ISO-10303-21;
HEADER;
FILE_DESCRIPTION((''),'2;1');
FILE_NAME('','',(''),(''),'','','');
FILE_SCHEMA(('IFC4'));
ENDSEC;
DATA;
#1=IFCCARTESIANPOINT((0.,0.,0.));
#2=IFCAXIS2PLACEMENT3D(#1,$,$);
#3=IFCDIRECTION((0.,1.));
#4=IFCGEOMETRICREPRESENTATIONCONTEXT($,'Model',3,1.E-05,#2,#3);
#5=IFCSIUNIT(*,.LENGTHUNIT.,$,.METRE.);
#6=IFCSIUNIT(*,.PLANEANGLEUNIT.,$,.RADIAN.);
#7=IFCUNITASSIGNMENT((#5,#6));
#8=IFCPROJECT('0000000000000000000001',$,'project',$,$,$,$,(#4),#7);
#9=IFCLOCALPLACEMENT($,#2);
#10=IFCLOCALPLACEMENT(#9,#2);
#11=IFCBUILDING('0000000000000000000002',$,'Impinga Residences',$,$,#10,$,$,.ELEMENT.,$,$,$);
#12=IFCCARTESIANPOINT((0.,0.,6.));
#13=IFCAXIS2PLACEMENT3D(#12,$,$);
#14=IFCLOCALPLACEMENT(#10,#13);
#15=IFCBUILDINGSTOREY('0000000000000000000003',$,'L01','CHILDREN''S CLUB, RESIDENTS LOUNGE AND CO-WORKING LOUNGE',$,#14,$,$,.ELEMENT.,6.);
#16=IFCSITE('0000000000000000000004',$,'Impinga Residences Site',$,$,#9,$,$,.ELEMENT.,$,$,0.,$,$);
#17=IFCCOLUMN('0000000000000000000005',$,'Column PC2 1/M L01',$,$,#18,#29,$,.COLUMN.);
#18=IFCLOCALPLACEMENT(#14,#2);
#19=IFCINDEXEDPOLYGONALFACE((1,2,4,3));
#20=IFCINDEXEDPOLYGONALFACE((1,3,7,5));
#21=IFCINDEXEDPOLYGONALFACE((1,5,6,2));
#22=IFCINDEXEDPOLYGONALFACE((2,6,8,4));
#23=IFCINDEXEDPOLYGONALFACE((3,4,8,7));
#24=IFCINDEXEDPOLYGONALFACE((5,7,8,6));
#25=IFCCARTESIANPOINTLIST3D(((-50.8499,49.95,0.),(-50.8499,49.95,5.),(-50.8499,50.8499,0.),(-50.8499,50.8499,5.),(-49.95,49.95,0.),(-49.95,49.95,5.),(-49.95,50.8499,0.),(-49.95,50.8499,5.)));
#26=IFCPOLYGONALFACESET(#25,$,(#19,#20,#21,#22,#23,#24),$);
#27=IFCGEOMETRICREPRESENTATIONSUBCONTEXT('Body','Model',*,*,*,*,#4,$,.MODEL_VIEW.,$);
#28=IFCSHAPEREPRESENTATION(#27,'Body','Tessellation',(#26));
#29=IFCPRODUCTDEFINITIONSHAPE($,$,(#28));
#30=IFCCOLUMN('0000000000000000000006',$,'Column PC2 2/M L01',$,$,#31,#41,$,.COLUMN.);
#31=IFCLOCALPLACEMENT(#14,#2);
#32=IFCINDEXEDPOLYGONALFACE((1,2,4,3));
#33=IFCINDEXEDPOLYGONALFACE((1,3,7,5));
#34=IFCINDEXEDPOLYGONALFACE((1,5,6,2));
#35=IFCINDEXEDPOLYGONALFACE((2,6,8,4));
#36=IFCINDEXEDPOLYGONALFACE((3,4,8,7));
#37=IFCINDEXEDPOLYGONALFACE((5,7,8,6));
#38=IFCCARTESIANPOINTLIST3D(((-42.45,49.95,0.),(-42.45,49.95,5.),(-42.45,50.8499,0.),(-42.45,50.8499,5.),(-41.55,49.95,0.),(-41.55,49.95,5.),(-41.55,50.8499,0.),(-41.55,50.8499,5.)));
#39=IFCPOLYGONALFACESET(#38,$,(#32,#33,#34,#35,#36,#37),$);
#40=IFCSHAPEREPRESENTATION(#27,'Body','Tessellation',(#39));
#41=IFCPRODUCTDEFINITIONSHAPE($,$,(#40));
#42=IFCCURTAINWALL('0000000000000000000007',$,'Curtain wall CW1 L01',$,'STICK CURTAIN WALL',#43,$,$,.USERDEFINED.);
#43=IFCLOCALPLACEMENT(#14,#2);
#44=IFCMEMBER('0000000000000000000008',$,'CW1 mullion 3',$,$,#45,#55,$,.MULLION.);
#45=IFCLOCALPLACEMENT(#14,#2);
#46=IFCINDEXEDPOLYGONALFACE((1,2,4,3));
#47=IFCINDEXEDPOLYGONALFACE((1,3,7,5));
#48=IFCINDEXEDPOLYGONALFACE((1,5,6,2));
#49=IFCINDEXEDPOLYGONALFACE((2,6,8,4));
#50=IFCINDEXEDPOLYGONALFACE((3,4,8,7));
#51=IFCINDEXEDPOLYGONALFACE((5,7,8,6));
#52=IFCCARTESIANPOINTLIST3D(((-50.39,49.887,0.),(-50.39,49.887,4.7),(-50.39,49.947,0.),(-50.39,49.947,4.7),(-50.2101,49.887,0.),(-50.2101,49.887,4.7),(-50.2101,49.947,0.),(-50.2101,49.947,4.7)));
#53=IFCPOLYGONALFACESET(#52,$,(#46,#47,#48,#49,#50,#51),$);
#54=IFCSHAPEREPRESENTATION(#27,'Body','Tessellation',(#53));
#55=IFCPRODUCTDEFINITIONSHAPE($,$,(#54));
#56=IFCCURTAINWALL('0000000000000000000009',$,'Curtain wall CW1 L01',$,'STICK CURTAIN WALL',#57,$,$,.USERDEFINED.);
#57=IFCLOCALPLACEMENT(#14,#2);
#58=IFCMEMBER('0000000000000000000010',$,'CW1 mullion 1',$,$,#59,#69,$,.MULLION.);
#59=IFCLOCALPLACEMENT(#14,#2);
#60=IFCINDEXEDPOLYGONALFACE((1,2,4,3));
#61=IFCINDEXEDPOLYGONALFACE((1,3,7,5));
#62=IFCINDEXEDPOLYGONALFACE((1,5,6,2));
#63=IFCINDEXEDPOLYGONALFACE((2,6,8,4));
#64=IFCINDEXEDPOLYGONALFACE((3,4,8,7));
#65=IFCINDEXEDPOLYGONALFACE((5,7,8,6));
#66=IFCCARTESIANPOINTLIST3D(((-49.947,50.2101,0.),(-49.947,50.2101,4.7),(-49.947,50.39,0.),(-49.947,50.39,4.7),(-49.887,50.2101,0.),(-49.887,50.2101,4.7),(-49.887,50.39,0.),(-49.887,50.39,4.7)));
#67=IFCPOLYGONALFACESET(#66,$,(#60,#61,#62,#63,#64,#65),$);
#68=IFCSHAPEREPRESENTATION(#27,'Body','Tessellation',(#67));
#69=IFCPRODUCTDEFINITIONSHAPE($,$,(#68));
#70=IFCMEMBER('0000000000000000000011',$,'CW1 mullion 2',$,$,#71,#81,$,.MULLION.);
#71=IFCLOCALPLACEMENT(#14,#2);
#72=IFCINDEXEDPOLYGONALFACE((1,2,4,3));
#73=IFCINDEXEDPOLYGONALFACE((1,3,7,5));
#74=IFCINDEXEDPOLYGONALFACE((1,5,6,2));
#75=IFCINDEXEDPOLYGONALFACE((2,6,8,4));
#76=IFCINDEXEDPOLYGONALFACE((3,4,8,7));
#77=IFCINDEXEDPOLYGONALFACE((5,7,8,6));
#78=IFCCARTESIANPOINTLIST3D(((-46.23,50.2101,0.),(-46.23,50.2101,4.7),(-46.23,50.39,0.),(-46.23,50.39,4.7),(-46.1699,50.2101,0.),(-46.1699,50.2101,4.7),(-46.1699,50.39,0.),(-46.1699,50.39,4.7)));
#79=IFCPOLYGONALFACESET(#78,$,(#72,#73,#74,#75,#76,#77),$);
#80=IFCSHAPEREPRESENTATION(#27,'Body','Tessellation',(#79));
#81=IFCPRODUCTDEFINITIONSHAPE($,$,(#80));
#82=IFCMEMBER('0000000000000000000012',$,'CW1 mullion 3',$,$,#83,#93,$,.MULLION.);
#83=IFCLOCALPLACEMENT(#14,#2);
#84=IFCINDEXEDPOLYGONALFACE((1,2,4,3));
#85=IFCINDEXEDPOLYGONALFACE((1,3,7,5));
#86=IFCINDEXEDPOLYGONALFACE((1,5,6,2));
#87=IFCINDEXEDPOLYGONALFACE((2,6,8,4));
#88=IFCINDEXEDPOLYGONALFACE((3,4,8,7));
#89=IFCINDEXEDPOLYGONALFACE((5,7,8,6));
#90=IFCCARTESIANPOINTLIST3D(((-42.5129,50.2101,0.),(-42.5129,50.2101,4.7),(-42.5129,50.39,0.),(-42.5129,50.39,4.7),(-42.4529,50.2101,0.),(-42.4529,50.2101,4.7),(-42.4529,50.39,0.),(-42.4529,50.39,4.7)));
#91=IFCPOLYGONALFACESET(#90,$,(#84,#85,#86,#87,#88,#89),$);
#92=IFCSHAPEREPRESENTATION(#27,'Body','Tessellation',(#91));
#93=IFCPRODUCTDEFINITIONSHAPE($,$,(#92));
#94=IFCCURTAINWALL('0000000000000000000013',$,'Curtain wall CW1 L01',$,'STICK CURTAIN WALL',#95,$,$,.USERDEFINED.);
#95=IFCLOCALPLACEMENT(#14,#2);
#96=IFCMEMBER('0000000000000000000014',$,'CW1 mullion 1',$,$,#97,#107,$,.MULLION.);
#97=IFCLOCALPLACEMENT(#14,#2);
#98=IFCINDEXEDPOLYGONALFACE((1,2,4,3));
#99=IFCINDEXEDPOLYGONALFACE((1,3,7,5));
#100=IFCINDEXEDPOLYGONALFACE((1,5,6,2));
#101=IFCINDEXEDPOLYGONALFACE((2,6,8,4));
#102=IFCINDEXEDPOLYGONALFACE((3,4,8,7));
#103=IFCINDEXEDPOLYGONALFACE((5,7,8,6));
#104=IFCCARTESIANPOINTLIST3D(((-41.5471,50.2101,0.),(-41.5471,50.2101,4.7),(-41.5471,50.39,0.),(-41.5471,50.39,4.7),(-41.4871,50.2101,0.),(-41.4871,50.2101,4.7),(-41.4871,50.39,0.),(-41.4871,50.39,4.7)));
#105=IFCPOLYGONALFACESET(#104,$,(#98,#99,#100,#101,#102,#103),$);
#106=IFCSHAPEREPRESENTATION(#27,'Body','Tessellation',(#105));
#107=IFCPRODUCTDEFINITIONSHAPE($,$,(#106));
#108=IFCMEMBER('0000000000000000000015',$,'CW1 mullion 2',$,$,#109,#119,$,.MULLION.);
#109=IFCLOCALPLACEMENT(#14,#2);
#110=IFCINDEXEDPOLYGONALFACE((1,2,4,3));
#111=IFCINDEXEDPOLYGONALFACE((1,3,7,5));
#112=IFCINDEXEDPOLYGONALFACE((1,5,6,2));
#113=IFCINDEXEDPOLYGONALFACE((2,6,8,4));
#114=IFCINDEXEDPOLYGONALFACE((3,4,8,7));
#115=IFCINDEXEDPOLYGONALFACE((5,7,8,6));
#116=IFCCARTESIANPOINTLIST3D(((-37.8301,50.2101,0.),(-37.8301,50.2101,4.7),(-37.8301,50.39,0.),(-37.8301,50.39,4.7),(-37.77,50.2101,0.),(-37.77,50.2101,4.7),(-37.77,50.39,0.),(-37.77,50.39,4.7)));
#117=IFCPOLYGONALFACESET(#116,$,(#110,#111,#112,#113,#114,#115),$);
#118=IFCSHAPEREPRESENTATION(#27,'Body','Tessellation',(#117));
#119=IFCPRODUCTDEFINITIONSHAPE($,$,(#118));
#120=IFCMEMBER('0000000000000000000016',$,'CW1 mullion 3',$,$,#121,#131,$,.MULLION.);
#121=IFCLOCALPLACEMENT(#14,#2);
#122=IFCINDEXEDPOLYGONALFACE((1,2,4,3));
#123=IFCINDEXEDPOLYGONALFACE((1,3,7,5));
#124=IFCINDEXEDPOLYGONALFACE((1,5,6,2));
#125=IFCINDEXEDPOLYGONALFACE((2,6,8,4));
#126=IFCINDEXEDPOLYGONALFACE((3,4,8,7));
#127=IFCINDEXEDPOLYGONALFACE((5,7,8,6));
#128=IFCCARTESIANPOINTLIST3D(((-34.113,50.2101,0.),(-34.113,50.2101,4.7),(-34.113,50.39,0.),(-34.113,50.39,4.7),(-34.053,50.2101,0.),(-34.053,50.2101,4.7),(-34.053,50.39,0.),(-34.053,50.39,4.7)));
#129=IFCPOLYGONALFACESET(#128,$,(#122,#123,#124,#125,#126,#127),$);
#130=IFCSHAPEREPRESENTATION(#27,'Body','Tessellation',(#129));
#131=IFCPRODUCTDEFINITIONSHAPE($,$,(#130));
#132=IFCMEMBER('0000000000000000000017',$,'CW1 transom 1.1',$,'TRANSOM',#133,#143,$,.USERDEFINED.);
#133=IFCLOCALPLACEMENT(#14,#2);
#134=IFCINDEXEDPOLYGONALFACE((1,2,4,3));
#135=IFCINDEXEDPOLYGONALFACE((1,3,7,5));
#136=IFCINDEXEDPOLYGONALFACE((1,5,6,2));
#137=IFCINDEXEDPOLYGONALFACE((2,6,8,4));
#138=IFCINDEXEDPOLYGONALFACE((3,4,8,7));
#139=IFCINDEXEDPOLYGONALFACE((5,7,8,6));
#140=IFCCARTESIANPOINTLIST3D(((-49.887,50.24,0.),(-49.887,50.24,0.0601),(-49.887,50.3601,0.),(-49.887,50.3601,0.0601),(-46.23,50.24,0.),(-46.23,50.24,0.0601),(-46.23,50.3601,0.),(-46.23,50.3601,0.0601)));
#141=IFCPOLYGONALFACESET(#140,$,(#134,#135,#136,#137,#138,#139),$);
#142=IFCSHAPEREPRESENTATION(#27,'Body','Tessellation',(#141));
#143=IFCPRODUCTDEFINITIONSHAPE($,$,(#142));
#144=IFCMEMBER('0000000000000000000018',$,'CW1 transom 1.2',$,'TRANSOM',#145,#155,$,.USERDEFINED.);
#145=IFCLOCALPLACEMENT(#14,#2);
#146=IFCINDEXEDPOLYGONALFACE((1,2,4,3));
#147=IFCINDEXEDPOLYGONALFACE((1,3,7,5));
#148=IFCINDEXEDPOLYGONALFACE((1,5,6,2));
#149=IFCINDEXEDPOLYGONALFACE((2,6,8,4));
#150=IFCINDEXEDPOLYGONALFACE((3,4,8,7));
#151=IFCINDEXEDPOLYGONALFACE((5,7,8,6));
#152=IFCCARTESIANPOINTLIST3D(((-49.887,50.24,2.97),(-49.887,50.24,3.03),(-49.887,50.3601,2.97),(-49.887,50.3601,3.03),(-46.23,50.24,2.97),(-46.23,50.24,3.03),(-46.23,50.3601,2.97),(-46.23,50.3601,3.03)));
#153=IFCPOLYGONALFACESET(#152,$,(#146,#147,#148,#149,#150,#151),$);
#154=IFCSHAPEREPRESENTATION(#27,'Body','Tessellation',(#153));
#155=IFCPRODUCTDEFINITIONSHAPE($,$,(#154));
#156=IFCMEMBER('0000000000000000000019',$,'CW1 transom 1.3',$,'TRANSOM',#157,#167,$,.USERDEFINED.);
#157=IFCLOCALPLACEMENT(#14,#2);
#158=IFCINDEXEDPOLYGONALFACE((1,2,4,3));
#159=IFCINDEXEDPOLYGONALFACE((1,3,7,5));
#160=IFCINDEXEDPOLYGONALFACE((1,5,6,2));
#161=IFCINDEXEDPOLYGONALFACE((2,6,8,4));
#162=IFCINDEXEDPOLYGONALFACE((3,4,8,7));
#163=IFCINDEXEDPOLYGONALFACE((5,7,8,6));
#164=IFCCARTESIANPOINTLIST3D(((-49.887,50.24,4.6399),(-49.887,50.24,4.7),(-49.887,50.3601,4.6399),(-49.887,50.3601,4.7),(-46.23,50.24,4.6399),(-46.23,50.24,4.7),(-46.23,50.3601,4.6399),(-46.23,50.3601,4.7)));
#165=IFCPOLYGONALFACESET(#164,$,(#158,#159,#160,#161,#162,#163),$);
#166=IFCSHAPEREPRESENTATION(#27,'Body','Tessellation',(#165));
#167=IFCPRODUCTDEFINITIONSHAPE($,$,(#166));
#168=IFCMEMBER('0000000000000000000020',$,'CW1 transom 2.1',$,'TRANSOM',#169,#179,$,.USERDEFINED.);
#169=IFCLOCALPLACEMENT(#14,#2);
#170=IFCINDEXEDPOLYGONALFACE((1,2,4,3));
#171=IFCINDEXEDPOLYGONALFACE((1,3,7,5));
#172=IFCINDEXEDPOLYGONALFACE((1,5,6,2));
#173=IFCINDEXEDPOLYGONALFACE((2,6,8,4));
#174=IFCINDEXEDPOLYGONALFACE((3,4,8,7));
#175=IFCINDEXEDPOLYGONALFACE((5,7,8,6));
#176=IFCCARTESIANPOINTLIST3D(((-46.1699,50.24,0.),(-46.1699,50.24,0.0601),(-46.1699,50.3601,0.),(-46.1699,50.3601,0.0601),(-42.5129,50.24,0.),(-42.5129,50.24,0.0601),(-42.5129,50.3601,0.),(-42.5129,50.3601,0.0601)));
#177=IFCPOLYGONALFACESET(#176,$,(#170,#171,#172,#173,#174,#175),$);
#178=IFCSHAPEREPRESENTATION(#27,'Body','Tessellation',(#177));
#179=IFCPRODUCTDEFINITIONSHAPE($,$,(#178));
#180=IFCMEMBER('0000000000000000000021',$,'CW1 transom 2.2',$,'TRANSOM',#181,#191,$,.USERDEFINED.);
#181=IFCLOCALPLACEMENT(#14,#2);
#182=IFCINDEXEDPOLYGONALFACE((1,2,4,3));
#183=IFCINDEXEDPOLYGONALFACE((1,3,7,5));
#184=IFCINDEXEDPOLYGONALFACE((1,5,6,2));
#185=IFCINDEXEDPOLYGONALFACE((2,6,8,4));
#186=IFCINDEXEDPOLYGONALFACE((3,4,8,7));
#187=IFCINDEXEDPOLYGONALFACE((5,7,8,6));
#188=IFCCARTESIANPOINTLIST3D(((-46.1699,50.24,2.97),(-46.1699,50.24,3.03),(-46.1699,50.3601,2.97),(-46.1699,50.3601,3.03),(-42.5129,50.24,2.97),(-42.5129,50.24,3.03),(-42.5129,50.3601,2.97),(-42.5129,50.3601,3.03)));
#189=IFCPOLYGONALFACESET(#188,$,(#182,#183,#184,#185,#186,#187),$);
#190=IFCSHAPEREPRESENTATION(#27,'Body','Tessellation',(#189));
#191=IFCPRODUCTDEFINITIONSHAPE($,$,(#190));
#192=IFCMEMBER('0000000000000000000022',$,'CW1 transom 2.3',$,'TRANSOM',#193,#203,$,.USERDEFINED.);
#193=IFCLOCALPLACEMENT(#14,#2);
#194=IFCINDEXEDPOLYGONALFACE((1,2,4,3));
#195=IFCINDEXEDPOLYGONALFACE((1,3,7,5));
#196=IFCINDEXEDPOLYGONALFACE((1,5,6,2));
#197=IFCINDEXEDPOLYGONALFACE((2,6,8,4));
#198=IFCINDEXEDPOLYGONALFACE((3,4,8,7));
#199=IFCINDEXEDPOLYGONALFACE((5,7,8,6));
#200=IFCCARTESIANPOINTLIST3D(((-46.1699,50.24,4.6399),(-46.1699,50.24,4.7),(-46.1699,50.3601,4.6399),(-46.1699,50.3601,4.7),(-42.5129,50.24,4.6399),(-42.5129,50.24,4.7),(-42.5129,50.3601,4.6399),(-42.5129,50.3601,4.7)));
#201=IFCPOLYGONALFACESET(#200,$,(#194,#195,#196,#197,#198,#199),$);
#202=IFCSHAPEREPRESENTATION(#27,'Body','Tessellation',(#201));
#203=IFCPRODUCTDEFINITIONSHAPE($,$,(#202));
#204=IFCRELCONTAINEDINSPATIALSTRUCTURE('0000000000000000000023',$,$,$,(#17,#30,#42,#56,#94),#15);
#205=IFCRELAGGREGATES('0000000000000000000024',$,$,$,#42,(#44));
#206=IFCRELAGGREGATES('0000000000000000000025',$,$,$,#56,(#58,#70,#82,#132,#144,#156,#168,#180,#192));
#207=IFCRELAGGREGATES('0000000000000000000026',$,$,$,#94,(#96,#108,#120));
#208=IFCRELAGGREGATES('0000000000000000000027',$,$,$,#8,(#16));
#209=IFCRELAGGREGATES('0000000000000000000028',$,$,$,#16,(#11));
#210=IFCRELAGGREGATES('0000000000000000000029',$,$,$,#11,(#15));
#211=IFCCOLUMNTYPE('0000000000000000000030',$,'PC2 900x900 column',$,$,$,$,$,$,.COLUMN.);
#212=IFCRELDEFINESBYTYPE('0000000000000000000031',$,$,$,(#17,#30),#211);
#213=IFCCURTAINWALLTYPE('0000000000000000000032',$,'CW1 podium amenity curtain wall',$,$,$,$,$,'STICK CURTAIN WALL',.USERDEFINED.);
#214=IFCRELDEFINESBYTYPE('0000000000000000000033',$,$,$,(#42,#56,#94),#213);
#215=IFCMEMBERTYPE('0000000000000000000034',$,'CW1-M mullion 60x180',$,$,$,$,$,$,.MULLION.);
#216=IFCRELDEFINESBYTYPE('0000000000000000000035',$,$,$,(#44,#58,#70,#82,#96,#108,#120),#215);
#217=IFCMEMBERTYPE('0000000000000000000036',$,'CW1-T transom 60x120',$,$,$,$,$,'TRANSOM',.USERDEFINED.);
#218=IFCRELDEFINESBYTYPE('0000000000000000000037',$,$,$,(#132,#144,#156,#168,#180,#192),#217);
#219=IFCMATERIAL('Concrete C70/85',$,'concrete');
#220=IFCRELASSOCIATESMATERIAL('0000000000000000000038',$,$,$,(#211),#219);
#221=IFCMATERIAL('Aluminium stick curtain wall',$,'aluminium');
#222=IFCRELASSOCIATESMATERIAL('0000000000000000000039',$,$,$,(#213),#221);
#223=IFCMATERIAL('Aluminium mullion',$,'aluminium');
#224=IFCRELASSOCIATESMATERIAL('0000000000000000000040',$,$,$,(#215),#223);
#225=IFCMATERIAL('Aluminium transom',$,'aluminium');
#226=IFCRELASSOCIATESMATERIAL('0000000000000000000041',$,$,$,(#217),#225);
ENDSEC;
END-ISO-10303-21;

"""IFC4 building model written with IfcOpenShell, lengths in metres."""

from ifc_helpers import new_model, si_unit, direction, frame, origin, origin_2d, place, context, subcontext, project, spatial, rectangle, extrude, material, material_profile, profile_set, type_object, element, aggregate, save


model = new_model("IFC4")

# Units and contexts
model_context = context("Model", 3, precision=1e-05, world=origin(), true_north=direction((0.0, 1.0)))
body_context = subcontext(model_context, "Body", "Model", "MODEL_VIEW")
ifc_project = project(units=[si_unit("LENGTHUNIT", "METRE"), si_unit("PLANEANGLEUNIT", "RADIAN")], contexts=[model_context])

# Site, building, storey
site_placement = place(None, origin())
site = spatial("IfcSite", under=ifc_project, at=site_placement, Name="Impinga Residences Site", CompositionType="ELEMENT", RefElevation=0.0)
building_placement = place(site_placement, origin())
building = spatial("IfcBuilding", under=site, at=building_placement, Name="Impinga Residences", CompositionType="ELEMENT")
storey_placement = place(building_placement, frame((0.0, 0.0, 6.0)))
storey = spatial("IfcBuildingStorey", under=building, at=storey_placement, Name="L01", Description="CHILDREN'S CLUB, RESIDENTS LOUNGE AND CO-WORKING LOUNGE", CompositionType="ELEMENT", Elevation=6.0)

# Columns
ifc_material_1 = material(Name="Concrete C70/85", Category="concrete")
ifc_material_profile_1 = material_profile(ifc_material_1, rectangle(XDim=0.8999, YDim=0.8999, at=origin_2d()), Name="RC 900x900")
ifc_profile_set_1 = profile_set([ifc_material_profile_1], Name="Concrete C70/85")
column_type = type_object("IfcColumnType", Name="PC2 900x900 column", PredefinedType="COLUMN", material=ifc_profile_set_1)
for number, where, z_axis, x_axis, name in (
    (1, (-50.3999, 50.3999, 0.0), (0.0, 0.0, 1.0), (1.0, 0.0, 0.0), "Column PC2 1/M L01"),
    (2, (-42.0, 50.3999, 0.0), (0.0, 0.0, 1.0), (1.0, 0.0, 0.0), "Column PC2 2/M L01"),
):
    element("IfcColumn", number, at=place(storey_placement, frame(where, z_axis=z_axis, x_axis=x_axis)), inside=storey, type_object=column_type, Name=name, PredefinedType="COLUMN", context=body_context, shape_type="SweptSolid", body=[
        extrude(rectangle(XDim=0.8999, YDim=0.8999, at=origin_2d()), origin(), (0.0, 0.0, 1.0), 5.0),
    ])

# Curtain wall, member
ifc_material_2 = material(Name="Aluminium stick curtain wall", Category="aluminium")
curtain_wall_type = type_object("IfcCurtainWallType", Name="CW1 podium amenity curtain wall", ElementType="STICK CURTAIN WALL", PredefinedType="USERDEFINED", material=ifc_material_2)
curtain_wall_1_placement = place(storey_placement, origin())
curtain_wall_1 = element("IfcCurtainWall", 3, at=curtain_wall_1_placement, inside=storey, type_object=curtain_wall_type, Name="Curtain wall CW1 L01", ObjectType="STICK CURTAIN WALL", PredefinedType="USERDEFINED")
ifc_material_3 = material(Name="Aluminium mullion", Category="aluminium")
ifc_material_profile_2 = material_profile(ifc_material_3, rectangle(XDim=0.0601, YDim=0.1799, at=origin_2d()), Name="60x180 mullion")
ifc_profile_set_2 = profile_set([ifc_material_profile_2], Name="Aluminium mullion")
member_type_1 = type_object("IfcMemberType", Name="CW1-M mullion 60x180", PredefinedType="MULLION", material=ifc_profile_set_2)
member_1_placement = place(storey_placement, frame((-50.3, 49.917, 0.0), z_axis=(0.0, 0.0, 1.0), x_axis=(0.0, 1.0, 0.0)))
member_1 = element("IfcMember", 4, at=member_1_placement, type_object=member_type_1, Name="CW1 mullion 3", PredefinedType="MULLION", context=body_context, shape_type="SweptSolid", body=[
    extrude(rectangle(XDim=0.0601, YDim=0.1799, at=origin_2d()), origin(), (0.0, 0.0, 1.0), 4.7),
])

# Curtain walls, members
curtain_wall_2_placement = place(storey_placement, origin())
curtain_wall_2 = element("IfcCurtainWall", 5, at=curtain_wall_2_placement, inside=storey, type_object=curtain_wall_type, Name="Curtain wall CW1 L01", ObjectType="STICK CURTAIN WALL", PredefinedType="USERDEFINED")
member_2_placement = place(storey_placement, frame((-49.917, 50.3, 0.0), z_axis=(0.0, 0.0, 1.0), x_axis=(1.0, 0.0, 0.0)))
member_2 = element("IfcMember", 6, at=member_2_placement, type_object=member_type_1, Name="CW1 mullion 1", PredefinedType="MULLION", context=body_context, shape_type="SweptSolid", body=[
    extrude(rectangle(XDim=0.0601, YDim=0.1799, at=origin_2d()), origin(), (0.0, 0.0, 1.0), 4.7),
])
member_3_placement = place(storey_placement, frame((-46.2, 50.3, 0.0), z_axis=(0.0, 0.0, 1.0), x_axis=(1.0, 0.0, 0.0)))
member_3 = element("IfcMember", 7, at=member_3_placement, type_object=member_type_1, Name="CW1 mullion 2", PredefinedType="MULLION", context=body_context, shape_type="SweptSolid", body=[
    extrude(rectangle(XDim=0.0601, YDim=0.1799, at=origin_2d()), origin(), (0.0, 0.0, 1.0), 4.7),
])
member_4_placement = place(storey_placement, frame((-42.4829, 50.3, 0.0), z_axis=(0.0, 0.0, 1.0), x_axis=(1.0, 0.0, 0.0)))
member_4 = element("IfcMember", 8, at=member_4_placement, type_object=member_type_1, Name="CW1 mullion 3", PredefinedType="MULLION", context=body_context, shape_type="SweptSolid", body=[
    extrude(rectangle(XDim=0.0601, YDim=0.1799, at=origin_2d()), origin(), (0.0, 0.0, 1.0), 4.7),
])
curtain_wall_3_placement = place(storey_placement, origin())
curtain_wall_3 = element("IfcCurtainWall", 9, at=curtain_wall_3_placement, inside=storey, type_object=curtain_wall_type, Name="Curtain wall CW1 L01", ObjectType="STICK CURTAIN WALL", PredefinedType="USERDEFINED")
member_5_placement = place(storey_placement, frame((-41.5171, 50.3, 0.0), z_axis=(0.0, 0.0, 1.0), x_axis=(1.0, 0.0, 0.0)))
member_5 = element("IfcMember", 10, at=member_5_placement, type_object=member_type_1, Name="CW1 mullion 1", PredefinedType="MULLION", context=body_context, shape_type="SweptSolid", body=[
    extrude(rectangle(XDim=0.0601, YDim=0.1799, at=origin_2d()), origin(), (0.0, 0.0, 1.0), 4.7),
])
member_6_placement = place(storey_placement, frame((-37.8, 50.3, 0.0), z_axis=(0.0, 0.0, 1.0), x_axis=(1.0, 0.0, 0.0)))
member_6 = element("IfcMember", 11, at=member_6_placement, type_object=member_type_1, Name="CW1 mullion 2", PredefinedType="MULLION", context=body_context, shape_type="SweptSolid", body=[
    extrude(rectangle(XDim=0.0601, YDim=0.1799, at=origin_2d()), origin(), (0.0, 0.0, 1.0), 4.7),
])
member_7_placement = place(storey_placement, frame((-34.083, 50.3, 0.0), z_axis=(0.0, 0.0, 1.0), x_axis=(1.0, 0.0, 0.0)))
member_7 = element("IfcMember", 12, at=member_7_placement, type_object=member_type_1, Name="CW1 mullion 3", PredefinedType="MULLION", context=body_context, shape_type="SweptSolid", body=[
    extrude(rectangle(XDim=0.0601, YDim=0.1799, at=origin_2d()), origin(), (0.0, 0.0, 1.0), 4.7),
])

# Members
ifc_material_4 = material(Name="Aluminium transom", Category="aluminium")
ifc_material_profile_3 = material_profile(ifc_material_4, rectangle(XDim=0.0601, YDim=0.1201, at=origin_2d()), Name="60x120 transom")
ifc_profile_set_3 = profile_set([ifc_material_profile_3], Name="Aluminium transom")
member_type_2 = type_object("IfcMemberType", Name="CW1-T transom 60x120", ElementType="TRANSOM", PredefinedType="USERDEFINED", material=ifc_profile_set_3)
member_8_placement = place(storey_placement, frame((-49.887, 50.3, 0.03), z_axis=(1.0, 0.0, 0.0), x_axis=(0.0, 0.0, 1.0)))
member_8 = element("IfcMember", 13, at=member_8_placement, type_object=member_type_2, Name="CW1 transom 1.1", ObjectType="TRANSOM", PredefinedType="USERDEFINED", context=body_context, shape_type="SweptSolid", body=[
    extrude(rectangle(XDim=0.0601, YDim=0.1201, at=origin_2d()), origin(), (0.0, 0.0, 1.0), 3.657),
])
member_9_placement = place(storey_placement, frame((-49.887, 50.3, 3.0), z_axis=(1.0, 0.0, 0.0), x_axis=(0.0, 0.0, 1.0)))
member_9 = element("IfcMember", 14, at=member_9_placement, type_object=member_type_2, Name="CW1 transom 1.2", ObjectType="TRANSOM", PredefinedType="USERDEFINED", context=body_context, shape_type="SweptSolid", body=[
    extrude(rectangle(XDim=0.0601, YDim=0.1201, at=origin_2d()), origin(), (0.0, 0.0, 1.0), 3.657),
])
member_10_placement = place(storey_placement, frame((-49.887, 50.3, 4.6699), z_axis=(1.0, 0.0, 0.0), x_axis=(0.0, 0.0, 1.0)))
member_10 = element("IfcMember", 15, at=member_10_placement, type_object=member_type_2, Name="CW1 transom 1.3", ObjectType="TRANSOM", PredefinedType="USERDEFINED", context=body_context, shape_type="SweptSolid", body=[
    extrude(rectangle(XDim=0.0601, YDim=0.1201, at=origin_2d()), origin(), (0.0, 0.0, 1.0), 3.657),
])
member_11_placement = place(storey_placement, frame((-46.1699, 50.3, 0.03), z_axis=(1.0, 0.0, 0.0), x_axis=(0.0, 0.0, 1.0)))
member_11 = element("IfcMember", 16, at=member_11_placement, type_object=member_type_2, Name="CW1 transom 2.1", ObjectType="TRANSOM", PredefinedType="USERDEFINED", context=body_context, shape_type="SweptSolid", body=[
    extrude(rectangle(XDim=0.0601, YDim=0.1201, at=origin_2d()), origin(), (0.0, 0.0, 1.0), 3.657),
])
member_12_placement = place(storey_placement, frame((-46.1699, 50.3, 3.0), z_axis=(1.0, 0.0, 0.0), x_axis=(0.0, 0.0, 1.0)))
member_12 = element("IfcMember", 17, at=member_12_placement, type_object=member_type_2, Name="CW1 transom 2.2", ObjectType="TRANSOM", PredefinedType="USERDEFINED", context=body_context, shape_type="SweptSolid", body=[
    extrude(rectangle(XDim=0.0601, YDim=0.1201, at=origin_2d()), origin(), (0.0, 0.0, 1.0), 3.657),
])
member_13_placement = place(storey_placement, frame((-46.1699, 50.3, 4.6699), z_axis=(1.0, 0.0, 0.0), x_axis=(0.0, 0.0, 1.0)))
member_13 = element("IfcMember", 18, at=member_13_placement, type_object=member_type_2, Name="CW1 transom 2.3", ObjectType="TRANSOM", PredefinedType="USERDEFINED", context=body_context, shape_type="SweptSolid", body=[
    extrude(rectangle(XDim=0.0601, YDim=0.1201, at=origin_2d()), origin(), (0.0, 0.0, 1.0), 3.657),
])

aggregate(curtain_wall_1, [member_1])
aggregate(curtain_wall_2, [member_2, member_3, member_4, member_8, member_9, member_10, member_11, member_12, member_13])
aggregate(curtain_wall_3, [member_5, member_6, member_7])

save(model, "model.ifc")
